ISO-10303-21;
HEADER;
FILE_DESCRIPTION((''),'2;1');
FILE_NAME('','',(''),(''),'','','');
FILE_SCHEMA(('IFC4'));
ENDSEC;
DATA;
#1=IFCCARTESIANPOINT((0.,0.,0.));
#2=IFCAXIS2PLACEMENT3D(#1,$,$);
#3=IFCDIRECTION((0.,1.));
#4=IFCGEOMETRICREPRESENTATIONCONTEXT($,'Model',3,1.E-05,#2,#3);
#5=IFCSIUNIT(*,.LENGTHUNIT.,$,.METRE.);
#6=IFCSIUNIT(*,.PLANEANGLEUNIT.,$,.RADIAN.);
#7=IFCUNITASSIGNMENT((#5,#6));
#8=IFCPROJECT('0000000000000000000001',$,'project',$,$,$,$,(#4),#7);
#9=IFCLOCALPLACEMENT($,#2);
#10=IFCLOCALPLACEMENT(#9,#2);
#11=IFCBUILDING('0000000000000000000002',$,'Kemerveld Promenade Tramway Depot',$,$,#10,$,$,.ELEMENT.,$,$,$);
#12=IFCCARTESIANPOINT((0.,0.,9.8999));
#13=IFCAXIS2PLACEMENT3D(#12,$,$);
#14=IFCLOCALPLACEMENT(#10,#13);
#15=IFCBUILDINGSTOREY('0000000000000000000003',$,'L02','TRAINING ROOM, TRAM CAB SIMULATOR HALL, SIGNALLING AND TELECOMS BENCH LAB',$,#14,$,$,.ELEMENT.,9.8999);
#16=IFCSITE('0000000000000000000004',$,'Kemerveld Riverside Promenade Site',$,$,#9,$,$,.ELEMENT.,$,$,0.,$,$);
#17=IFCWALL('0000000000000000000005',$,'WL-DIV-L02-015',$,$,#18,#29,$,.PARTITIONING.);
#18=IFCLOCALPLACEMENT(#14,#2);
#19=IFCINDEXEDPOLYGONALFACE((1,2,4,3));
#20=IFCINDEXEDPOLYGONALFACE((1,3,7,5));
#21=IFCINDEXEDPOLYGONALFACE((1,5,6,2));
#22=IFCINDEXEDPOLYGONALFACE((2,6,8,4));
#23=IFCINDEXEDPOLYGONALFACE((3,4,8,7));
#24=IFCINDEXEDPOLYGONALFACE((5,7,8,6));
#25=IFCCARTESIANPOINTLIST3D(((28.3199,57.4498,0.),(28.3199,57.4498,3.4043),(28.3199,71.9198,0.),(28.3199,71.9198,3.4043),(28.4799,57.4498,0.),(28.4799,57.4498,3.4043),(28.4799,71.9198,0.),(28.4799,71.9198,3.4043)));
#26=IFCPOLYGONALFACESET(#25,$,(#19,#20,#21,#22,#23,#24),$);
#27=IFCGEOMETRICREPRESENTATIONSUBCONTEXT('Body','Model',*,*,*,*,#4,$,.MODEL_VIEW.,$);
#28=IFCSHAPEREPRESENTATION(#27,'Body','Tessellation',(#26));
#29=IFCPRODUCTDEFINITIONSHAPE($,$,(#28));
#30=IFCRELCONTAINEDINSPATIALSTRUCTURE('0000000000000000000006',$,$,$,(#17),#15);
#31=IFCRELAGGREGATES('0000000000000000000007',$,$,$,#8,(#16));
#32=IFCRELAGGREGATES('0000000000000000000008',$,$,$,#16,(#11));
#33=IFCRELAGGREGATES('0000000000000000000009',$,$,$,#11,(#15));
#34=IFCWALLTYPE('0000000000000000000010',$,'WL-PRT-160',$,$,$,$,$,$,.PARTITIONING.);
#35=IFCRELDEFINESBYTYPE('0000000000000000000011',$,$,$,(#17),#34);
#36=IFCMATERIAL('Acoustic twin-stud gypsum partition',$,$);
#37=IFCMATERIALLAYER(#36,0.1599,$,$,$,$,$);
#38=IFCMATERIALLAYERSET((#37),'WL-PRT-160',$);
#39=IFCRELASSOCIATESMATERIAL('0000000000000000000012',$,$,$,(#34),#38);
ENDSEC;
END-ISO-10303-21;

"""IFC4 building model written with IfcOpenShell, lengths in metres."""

from ifc_helpers import new_model, si_unit, direction, frame, frame_2d, origin, place, context, subcontext, project, spatial, rectangle, extrude, material, layer, layer_set, type_object, element, save


model = new_model("IFC4")

# Units and contexts
model_context = context("Model", 3, precision=1e-05, world=origin(), true_north=direction((0.0, 1.0)))
body_context = subcontext(model_context, "Body", "Model", "MODEL_VIEW")
ifc_project = project(units=[si_unit("LENGTHUNIT", "METRE"), si_unit("PLANEANGLEUNIT", "RADIAN")], contexts=[model_context])

# Site, building, storey
site_placement = place(None, origin())
site = spatial("IfcSite", under=ifc_project, at=site_placement, Name="Kemerveld Riverside Promenade Site", CompositionType="ELEMENT", RefElevation=0.0)
building_placement = place(site_placement, origin())
building = spatial("IfcBuilding", under=site, at=building_placement, Name="Kemerveld Promenade Tramway Depot", CompositionType="ELEMENT")
storey_placement = place(building_placement, frame((0.0, 0.0, 9.8999)))
storey = spatial("IfcBuildingStorey", under=building, at=storey_placement, Name="L02", Description="TRAINING ROOM, TRAM CAB SIMULATOR HALL, SIGNALLING AND TELECOMS BENCH LAB", CompositionType="ELEMENT", Elevation=9.8999)

# Wall
ifc_material_1 = material(Name="Acoustic twin-stud gypsum partition")
ifc_layer = layer(ifc_material_1, 0.1599)
ifc_layer_set = layer_set([ifc_layer], Name="WL-PRT-160")
wall_type = type_object("IfcWallType", Name="WL-PRT-160", PredefinedType="PARTITIONING", material=ifc_layer_set)
wall_placement = place(storey_placement, frame((28.3999, 57.45, 0.0), z_axis=(0.0, 0.0, 1.0), x_axis=(0.0, 1.0, 0.0)))
element("IfcWall", 1, at=wall_placement, inside=storey, type_object=wall_type, Name="WL-DIV-L02-015", PredefinedType="PARTITIONING", context=body_context, shape_type="SweptSolid", body=[
    extrude(rectangle(XDim=14.47, YDim=0.1599, at=frame_2d((7.2349, 0.0))), origin(), (0.0, 0.0, 1.0), 3.4043),
])

save(model, "model.ifc")
